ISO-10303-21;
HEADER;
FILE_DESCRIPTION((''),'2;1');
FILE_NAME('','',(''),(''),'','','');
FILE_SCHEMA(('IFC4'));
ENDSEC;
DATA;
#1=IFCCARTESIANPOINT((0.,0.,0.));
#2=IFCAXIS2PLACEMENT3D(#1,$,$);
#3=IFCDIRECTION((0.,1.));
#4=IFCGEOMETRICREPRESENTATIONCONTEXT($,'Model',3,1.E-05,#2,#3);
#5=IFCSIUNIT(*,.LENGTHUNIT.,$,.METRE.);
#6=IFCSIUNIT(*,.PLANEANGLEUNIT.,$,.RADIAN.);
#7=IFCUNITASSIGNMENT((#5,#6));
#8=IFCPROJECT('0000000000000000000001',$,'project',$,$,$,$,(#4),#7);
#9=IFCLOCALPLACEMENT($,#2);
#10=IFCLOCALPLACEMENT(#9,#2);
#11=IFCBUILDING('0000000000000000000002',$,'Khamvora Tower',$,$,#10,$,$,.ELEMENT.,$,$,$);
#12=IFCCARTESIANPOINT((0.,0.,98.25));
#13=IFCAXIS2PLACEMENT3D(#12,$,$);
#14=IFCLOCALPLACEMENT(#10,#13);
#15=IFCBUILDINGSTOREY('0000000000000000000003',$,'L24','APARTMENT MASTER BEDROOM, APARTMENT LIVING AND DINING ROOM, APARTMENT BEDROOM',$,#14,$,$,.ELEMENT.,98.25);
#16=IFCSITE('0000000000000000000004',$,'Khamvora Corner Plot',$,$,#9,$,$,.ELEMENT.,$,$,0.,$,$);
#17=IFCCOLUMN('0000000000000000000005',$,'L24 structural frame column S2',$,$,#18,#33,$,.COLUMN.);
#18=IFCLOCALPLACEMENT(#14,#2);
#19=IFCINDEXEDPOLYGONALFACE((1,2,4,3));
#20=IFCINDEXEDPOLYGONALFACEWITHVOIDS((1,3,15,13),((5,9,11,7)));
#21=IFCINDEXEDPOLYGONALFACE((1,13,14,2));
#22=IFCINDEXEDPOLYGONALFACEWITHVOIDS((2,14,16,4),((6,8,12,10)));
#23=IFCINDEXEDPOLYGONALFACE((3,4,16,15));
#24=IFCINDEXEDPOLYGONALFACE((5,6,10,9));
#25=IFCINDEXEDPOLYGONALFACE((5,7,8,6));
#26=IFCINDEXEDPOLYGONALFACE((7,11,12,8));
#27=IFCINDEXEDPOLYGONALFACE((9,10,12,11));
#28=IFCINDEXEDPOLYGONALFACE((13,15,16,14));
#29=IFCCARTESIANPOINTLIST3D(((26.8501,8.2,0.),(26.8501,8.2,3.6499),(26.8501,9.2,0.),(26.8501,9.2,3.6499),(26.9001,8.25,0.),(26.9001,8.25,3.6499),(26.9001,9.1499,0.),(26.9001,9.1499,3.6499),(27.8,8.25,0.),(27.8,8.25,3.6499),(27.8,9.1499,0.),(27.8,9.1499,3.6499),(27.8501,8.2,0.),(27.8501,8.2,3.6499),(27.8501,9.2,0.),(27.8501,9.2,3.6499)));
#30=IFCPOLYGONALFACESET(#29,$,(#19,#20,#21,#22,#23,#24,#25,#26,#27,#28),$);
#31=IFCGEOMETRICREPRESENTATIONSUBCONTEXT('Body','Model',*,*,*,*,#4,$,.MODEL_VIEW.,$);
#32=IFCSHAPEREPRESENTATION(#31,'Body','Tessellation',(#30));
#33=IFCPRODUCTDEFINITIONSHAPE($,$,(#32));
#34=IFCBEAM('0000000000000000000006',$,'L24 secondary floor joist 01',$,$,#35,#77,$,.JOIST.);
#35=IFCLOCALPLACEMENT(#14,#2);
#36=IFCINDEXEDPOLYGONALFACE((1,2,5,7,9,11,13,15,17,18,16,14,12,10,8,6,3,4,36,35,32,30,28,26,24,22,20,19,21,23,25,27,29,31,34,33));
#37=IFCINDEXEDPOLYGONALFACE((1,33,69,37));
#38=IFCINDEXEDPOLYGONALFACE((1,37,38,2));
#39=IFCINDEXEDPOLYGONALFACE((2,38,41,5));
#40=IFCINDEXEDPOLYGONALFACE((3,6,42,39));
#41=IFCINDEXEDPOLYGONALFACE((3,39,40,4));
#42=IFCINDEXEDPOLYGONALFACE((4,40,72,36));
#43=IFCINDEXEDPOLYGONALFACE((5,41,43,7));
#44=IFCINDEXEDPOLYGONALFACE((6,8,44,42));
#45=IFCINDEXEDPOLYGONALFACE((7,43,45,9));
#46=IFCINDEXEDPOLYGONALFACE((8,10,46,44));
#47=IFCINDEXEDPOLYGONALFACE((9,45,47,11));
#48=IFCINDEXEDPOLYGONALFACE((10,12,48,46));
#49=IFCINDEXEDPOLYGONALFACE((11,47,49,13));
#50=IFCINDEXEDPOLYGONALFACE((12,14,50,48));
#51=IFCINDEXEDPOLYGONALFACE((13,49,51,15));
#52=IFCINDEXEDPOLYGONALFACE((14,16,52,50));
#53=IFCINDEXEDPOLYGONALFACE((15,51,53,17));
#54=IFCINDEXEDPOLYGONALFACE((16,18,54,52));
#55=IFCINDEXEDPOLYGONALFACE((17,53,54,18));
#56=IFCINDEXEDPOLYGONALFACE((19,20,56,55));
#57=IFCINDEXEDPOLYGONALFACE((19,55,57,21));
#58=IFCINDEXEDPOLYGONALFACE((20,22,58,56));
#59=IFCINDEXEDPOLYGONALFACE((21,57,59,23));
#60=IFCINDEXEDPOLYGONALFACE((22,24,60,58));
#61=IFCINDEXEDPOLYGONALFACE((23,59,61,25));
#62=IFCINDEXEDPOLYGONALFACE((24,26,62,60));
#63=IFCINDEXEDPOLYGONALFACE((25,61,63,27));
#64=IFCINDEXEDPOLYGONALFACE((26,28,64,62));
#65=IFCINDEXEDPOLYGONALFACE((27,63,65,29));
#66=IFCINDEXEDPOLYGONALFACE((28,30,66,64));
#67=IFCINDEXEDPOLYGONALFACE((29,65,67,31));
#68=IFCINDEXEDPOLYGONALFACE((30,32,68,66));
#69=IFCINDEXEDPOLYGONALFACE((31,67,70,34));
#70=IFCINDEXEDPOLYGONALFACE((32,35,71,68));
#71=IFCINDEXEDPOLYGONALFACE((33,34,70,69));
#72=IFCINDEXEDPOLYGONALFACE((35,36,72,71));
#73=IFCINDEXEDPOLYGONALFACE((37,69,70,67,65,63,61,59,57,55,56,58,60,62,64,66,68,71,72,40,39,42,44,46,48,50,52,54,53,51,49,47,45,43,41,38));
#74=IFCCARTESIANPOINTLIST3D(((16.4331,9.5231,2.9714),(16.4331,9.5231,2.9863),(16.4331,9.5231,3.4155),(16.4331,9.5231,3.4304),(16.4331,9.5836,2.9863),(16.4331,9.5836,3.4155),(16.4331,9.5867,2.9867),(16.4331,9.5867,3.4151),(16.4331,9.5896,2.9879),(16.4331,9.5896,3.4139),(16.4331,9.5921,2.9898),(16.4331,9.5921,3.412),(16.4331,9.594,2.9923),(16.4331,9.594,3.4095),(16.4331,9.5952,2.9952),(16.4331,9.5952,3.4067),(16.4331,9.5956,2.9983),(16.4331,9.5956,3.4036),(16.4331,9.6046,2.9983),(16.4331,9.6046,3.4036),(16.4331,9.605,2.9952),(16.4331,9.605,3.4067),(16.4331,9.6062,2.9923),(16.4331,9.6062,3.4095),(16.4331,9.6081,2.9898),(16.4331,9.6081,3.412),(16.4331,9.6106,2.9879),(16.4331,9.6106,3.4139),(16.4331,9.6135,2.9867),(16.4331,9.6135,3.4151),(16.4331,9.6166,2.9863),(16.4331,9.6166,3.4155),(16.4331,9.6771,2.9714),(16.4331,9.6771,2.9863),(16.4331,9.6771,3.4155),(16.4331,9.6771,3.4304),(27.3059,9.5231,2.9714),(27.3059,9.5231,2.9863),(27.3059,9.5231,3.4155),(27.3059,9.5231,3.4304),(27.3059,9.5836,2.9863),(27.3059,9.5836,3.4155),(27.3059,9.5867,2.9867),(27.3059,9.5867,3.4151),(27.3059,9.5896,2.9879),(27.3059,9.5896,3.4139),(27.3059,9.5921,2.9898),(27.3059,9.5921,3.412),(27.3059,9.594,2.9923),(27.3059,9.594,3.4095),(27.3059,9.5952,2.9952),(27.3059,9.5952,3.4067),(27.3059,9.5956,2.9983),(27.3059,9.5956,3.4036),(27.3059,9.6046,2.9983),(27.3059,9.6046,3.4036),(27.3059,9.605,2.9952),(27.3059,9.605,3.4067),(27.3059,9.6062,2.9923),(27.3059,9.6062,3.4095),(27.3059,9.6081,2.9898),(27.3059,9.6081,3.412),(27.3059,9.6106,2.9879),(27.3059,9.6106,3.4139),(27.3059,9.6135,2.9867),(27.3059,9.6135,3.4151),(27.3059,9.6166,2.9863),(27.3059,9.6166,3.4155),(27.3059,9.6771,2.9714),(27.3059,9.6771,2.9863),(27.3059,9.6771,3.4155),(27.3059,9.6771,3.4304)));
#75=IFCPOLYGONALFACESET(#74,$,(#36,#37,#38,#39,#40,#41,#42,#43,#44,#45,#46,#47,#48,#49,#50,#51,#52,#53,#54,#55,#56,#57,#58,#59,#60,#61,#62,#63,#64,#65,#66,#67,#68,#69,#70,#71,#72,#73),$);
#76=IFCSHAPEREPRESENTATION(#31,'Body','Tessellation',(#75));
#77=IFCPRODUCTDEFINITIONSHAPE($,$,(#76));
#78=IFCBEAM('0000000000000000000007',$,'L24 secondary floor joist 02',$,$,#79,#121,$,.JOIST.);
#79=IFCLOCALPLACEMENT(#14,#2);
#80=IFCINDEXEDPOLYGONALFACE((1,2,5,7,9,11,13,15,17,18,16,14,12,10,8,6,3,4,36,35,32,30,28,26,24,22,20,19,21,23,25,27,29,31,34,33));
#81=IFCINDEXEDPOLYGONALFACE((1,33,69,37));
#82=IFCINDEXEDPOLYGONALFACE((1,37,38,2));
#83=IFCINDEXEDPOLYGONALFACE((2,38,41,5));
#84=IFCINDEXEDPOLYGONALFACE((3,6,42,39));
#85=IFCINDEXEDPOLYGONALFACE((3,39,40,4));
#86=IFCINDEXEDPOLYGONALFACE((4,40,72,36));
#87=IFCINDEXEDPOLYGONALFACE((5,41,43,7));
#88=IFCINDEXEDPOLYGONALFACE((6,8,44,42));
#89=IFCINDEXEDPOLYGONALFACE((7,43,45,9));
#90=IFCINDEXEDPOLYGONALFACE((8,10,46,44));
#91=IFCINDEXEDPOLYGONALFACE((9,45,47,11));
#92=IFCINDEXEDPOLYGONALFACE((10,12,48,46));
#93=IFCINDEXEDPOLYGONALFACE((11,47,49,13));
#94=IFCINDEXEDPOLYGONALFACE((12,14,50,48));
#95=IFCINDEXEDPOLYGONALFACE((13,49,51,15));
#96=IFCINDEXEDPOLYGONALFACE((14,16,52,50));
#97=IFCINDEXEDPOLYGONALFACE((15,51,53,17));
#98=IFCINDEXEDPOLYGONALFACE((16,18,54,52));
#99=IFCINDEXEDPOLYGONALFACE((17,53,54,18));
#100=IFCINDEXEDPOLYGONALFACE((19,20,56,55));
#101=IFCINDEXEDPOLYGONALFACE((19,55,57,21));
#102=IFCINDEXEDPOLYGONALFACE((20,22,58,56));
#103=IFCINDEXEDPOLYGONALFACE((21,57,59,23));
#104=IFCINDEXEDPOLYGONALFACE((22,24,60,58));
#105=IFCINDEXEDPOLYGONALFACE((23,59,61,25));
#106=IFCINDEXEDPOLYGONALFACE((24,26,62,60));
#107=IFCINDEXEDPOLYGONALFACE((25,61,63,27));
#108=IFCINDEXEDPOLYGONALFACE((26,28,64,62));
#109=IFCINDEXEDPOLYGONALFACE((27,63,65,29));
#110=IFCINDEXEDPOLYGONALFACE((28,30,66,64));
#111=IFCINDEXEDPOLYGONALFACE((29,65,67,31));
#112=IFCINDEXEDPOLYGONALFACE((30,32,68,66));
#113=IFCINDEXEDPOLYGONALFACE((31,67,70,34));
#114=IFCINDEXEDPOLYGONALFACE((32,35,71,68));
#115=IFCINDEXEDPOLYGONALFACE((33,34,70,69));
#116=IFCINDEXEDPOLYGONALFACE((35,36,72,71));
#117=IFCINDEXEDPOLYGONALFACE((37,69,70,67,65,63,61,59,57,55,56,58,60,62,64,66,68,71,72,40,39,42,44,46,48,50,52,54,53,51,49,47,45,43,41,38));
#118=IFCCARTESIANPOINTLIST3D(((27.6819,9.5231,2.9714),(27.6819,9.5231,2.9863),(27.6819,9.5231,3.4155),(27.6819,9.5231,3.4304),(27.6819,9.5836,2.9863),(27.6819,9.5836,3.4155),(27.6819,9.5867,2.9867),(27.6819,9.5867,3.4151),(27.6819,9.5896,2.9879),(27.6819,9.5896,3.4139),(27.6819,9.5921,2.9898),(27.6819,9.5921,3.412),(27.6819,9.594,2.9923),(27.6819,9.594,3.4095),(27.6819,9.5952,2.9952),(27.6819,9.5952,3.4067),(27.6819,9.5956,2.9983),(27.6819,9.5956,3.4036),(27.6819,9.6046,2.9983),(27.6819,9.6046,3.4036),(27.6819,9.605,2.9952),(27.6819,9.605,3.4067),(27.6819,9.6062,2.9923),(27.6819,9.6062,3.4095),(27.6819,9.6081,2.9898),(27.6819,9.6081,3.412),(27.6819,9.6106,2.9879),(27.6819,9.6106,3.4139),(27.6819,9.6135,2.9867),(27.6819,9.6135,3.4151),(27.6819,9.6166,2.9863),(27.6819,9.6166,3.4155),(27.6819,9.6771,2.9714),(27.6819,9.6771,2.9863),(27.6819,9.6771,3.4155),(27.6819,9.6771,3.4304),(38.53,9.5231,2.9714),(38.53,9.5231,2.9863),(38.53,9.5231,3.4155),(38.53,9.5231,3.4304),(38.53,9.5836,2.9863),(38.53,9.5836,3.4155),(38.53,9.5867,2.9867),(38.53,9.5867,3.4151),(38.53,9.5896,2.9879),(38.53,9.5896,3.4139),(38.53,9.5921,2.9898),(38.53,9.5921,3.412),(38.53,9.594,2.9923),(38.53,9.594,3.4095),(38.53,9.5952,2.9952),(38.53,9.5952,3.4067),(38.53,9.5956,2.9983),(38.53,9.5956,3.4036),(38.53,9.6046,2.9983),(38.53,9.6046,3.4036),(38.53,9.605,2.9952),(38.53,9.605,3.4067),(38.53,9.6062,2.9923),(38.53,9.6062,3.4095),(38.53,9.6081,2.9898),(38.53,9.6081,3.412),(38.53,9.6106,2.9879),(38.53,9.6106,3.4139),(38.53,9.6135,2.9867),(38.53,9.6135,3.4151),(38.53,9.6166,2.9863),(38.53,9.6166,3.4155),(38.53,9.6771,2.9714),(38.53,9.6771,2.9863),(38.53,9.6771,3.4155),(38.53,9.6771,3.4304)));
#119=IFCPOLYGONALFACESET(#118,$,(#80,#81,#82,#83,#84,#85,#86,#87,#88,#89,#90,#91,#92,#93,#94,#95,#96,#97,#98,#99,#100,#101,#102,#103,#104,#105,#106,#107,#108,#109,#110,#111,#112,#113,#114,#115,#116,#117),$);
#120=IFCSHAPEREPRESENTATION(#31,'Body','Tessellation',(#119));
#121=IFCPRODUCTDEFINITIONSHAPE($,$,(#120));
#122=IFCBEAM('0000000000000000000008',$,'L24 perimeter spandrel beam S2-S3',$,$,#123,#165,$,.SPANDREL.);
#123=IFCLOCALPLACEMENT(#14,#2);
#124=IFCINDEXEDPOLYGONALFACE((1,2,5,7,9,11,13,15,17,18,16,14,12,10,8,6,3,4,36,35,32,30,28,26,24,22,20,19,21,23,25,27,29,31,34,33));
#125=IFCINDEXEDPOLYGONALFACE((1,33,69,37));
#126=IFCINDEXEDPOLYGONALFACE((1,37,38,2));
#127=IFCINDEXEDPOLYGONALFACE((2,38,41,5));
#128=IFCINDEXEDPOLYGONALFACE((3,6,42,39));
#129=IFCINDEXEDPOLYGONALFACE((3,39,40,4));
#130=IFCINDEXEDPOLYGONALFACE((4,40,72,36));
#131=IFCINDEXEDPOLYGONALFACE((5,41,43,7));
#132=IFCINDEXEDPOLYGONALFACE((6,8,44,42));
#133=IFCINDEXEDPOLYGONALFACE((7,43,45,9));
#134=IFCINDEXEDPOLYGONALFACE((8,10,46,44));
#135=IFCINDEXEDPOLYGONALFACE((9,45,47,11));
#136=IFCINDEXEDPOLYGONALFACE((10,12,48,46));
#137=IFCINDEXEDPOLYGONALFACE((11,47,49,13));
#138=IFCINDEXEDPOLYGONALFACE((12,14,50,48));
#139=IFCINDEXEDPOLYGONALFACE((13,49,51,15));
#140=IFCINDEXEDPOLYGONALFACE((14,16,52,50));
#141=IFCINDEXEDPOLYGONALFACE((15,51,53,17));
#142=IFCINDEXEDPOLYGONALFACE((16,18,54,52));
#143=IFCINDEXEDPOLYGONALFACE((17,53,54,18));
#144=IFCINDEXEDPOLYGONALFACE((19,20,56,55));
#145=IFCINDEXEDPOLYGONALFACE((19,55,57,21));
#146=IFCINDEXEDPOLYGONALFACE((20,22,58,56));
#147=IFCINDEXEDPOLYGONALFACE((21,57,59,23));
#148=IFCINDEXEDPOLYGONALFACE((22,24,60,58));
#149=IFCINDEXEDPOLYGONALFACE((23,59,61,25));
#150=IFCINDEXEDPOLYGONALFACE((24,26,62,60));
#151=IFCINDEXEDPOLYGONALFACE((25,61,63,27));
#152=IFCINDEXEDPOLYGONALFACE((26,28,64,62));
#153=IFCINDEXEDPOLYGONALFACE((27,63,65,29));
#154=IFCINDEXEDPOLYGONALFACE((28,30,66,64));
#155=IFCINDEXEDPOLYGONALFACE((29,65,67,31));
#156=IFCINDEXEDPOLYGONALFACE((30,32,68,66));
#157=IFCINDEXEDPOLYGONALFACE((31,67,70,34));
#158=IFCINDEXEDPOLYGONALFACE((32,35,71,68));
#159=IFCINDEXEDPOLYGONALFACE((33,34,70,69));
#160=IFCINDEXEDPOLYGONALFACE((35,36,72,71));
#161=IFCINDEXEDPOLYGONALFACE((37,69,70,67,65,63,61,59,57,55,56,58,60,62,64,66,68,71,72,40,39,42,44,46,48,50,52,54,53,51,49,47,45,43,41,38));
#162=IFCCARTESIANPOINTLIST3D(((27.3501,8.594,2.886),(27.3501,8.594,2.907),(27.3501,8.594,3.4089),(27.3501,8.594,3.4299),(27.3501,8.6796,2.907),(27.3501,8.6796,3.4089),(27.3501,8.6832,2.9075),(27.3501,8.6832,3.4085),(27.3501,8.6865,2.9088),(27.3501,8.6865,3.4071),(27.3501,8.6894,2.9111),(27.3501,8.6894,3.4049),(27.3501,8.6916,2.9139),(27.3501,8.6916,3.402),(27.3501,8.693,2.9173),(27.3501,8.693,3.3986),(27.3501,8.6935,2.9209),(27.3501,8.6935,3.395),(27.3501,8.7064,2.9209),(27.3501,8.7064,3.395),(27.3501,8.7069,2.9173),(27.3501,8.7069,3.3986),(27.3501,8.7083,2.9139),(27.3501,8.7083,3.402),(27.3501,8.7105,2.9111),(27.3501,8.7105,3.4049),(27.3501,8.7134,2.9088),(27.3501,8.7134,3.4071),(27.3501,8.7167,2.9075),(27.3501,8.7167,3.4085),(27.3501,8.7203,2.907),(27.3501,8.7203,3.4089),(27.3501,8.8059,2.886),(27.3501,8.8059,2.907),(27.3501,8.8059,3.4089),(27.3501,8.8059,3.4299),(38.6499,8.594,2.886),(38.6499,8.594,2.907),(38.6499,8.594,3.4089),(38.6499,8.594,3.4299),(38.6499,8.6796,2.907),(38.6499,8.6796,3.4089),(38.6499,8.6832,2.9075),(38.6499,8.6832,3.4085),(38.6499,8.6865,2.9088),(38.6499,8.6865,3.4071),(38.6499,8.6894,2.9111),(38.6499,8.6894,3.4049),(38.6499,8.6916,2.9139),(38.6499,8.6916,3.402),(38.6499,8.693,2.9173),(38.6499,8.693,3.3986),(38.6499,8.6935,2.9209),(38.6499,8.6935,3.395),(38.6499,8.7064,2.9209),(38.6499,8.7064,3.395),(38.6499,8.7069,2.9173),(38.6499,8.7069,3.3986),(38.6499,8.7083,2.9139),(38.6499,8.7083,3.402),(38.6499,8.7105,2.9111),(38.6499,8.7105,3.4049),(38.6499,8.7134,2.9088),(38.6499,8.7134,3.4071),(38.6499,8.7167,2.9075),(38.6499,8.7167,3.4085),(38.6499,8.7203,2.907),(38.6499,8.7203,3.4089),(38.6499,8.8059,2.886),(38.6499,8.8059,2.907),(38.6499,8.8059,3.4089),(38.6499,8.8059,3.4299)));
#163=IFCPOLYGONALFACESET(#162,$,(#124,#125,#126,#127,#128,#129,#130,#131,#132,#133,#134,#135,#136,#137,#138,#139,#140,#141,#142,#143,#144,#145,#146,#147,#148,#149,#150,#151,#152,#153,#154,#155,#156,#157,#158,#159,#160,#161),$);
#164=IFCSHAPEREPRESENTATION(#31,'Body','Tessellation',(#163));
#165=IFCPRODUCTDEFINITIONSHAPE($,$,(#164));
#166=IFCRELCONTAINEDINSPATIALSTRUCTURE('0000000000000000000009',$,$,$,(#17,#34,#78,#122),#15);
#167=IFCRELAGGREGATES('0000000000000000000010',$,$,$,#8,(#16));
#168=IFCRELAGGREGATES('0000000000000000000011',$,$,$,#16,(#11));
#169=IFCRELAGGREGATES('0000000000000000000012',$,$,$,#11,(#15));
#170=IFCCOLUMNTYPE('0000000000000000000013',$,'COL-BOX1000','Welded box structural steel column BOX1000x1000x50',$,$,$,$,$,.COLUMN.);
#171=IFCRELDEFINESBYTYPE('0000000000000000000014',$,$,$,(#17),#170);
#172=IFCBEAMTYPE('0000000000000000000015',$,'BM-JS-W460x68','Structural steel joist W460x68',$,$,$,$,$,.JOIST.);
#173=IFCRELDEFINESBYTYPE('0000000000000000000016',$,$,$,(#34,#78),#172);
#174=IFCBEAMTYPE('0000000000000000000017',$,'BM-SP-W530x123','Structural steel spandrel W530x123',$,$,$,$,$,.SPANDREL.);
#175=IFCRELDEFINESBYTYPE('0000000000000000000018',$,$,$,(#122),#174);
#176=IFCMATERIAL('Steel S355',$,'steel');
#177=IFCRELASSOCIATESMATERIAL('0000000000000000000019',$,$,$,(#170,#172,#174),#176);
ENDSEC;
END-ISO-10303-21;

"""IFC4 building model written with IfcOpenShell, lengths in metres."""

from ifc_helpers import new_model, si_unit, direction, frame, origin, origin_2d, place, context, subcontext, project, spatial, hollow_rectangle, i_section, extrude, material, material_profile, profile_set, type_object, element, save


model = new_model("IFC4")

# Units and contexts
model_context = context("Model", 3, precision=1e-05, world=origin(), true_north=direction((0.0, 1.0)))
body_context = subcontext(model_context, "Body", "Model", "MODEL_VIEW")
ifc_project = project(units=[si_unit("LENGTHUNIT", "METRE"), si_unit("PLANEANGLEUNIT", "RADIAN")], contexts=[model_context])

# Site, building, storey
site_placement = place(None, origin())
site = spatial("IfcSite", under=ifc_project, at=site_placement, Name="Khamvora Corner Plot", CompositionType="ELEMENT", RefElevation=0.0)
building_placement = place(site_placement, origin())
building = spatial("IfcBuilding", under=site, at=building_placement, Name="Khamvora Tower", CompositionType="ELEMENT")
storey_placement = place(building_placement, frame((0.0, 0.0, 98.25)))
storey = spatial("IfcBuildingStorey", under=building, at=storey_placement, Name="L24", Description="APARTMENT MASTER BEDROOM, APARTMENT LIVING AND DINING ROOM, APARTMENT BEDROOM", CompositionType="ELEMENT", Elevation=98.25)

# Column
ifc_material_1 = material(Name="Steel S355", Category="steel")
ifc_material_profile_1 = material_profile(ifc_material_1, hollow_rectangle(XDim=1.0, YDim=1.0, WallThickness=0.05, at=origin_2d()), Name="BOX1000x1000x50")
ifc_profile_set_1 = profile_set([ifc_material_profile_1], Name="Steel S355")
column_type = type_object("IfcColumnType", Name="COL-BOX1000", Description="Welded box structural steel column BOX1000x1000x50", PredefinedType="COLUMN", material=ifc_profile_set_1)
column_placement = place(storey_placement, frame((27.3501, 8.7, 0.0), z_axis=(0.0, 0.0, 1.0), x_axis=(1.0, 0.0, 0.0)))
element("IfcColumn", 1, at=column_placement, inside=storey, type_object=column_type, Name="L24 structural frame column S2", PredefinedType="COLUMN", context=body_context, shape_type="SweptSolid", body=[
    extrude(hollow_rectangle(XDim=1.0, YDim=1.0, WallThickness=0.05, at=origin_2d()), origin(), (0.0, 0.0, 1.0), 3.6499),
])

# Beams
ifc_material_profile_2 = material_profile(ifc_material_1, i_section(OverallWidth=0.1541, OverallDepth=0.459, WebThickness=0.009, FlangeThickness=0.0149, FilletRadius=0.012, at=origin_2d()), Name="W460x68")
ifc_profile_set_2 = profile_set([ifc_material_profile_2], Name="Steel S355")
beam_type_1 = type_object("IfcBeamType", Name="BM-JS-W460x68", Description="Structural steel joist W460x68", PredefinedType="JOIST", material=ifc_profile_set_2)
beam_1_placement = place(storey_placement, frame((16.4331, 9.6001, 3.2009), z_axis=(1.0, 0.0, 0.0), x_axis=(0.0, 1.0, 0.0)))
element("IfcBeam", 2, at=beam_1_placement, inside=storey, type_object=beam_type_1, Name="L24 secondary floor joist 01", PredefinedType="JOIST", context=body_context, shape_type="SweptSolid", body=[
    extrude(i_section(OverallWidth=0.1541, OverallDepth=0.459, WebThickness=0.009, FlangeThickness=0.0149, FilletRadius=0.012, at=origin_2d()), origin(), (0.0, 0.0, 1.0), 10.8728),
])
beam_2_placement = place(storey_placement, frame((27.6819, 9.6001, 3.2009), z_axis=(1.0, 0.0, 0.0), x_axis=(0.0, 1.0, 0.0)))
element("IfcBeam", 3, at=beam_2_placement, inside=storey, type_object=beam_type_1, Name="L24 secondary floor joist 02", PredefinedType="JOIST", context=body_context, shape_type="SweptSolid", body=[
    extrude(i_section(OverallWidth=0.1541, OverallDepth=0.459, WebThickness=0.009, FlangeThickness=0.0149, FilletRadius=0.012, at=origin_2d()), origin(), (0.0, 0.0, 1.0), 10.8481),
])
ifc_material_profile_3 = material_profile(ifc_material_1, i_section(OverallWidth=0.2119, OverallDepth=0.5439, WebThickness=0.0129, FlangeThickness=0.021, FilletRadius=0.0139, at=origin_2d()), Name="W530x123")
ifc_profile_set_3 = profile_set([ifc_material_profile_3], Name="Steel S355")
beam_type_2 = type_object("IfcBeamType", Name="BM-SP-W530x123", Description="Structural steel spandrel W530x123", PredefinedType="SPANDREL", material=ifc_profile_set_3)
beam_3_placement = place(storey_placement, frame((27.3501, 8.7, 3.158), z_axis=(1.0, 0.0, 0.0), x_axis=(0.0, 1.0, 0.0)))
element("IfcBeam", 4, at=beam_3_placement, inside=storey, type_object=beam_type_2, Name="L24 perimeter spandrel beam S2-S3", PredefinedType="SPANDREL", context=body_context, shape_type="SweptSolid", body=[
    extrude(i_section(OverallWidth=0.2119, OverallDepth=0.5439, WebThickness=0.0129, FlangeThickness=0.021, FilletRadius=0.0139, at=origin_2d()), origin(), (0.0, 0.0, 1.0), 11.2998),
])

save(model, "model.ifc")
